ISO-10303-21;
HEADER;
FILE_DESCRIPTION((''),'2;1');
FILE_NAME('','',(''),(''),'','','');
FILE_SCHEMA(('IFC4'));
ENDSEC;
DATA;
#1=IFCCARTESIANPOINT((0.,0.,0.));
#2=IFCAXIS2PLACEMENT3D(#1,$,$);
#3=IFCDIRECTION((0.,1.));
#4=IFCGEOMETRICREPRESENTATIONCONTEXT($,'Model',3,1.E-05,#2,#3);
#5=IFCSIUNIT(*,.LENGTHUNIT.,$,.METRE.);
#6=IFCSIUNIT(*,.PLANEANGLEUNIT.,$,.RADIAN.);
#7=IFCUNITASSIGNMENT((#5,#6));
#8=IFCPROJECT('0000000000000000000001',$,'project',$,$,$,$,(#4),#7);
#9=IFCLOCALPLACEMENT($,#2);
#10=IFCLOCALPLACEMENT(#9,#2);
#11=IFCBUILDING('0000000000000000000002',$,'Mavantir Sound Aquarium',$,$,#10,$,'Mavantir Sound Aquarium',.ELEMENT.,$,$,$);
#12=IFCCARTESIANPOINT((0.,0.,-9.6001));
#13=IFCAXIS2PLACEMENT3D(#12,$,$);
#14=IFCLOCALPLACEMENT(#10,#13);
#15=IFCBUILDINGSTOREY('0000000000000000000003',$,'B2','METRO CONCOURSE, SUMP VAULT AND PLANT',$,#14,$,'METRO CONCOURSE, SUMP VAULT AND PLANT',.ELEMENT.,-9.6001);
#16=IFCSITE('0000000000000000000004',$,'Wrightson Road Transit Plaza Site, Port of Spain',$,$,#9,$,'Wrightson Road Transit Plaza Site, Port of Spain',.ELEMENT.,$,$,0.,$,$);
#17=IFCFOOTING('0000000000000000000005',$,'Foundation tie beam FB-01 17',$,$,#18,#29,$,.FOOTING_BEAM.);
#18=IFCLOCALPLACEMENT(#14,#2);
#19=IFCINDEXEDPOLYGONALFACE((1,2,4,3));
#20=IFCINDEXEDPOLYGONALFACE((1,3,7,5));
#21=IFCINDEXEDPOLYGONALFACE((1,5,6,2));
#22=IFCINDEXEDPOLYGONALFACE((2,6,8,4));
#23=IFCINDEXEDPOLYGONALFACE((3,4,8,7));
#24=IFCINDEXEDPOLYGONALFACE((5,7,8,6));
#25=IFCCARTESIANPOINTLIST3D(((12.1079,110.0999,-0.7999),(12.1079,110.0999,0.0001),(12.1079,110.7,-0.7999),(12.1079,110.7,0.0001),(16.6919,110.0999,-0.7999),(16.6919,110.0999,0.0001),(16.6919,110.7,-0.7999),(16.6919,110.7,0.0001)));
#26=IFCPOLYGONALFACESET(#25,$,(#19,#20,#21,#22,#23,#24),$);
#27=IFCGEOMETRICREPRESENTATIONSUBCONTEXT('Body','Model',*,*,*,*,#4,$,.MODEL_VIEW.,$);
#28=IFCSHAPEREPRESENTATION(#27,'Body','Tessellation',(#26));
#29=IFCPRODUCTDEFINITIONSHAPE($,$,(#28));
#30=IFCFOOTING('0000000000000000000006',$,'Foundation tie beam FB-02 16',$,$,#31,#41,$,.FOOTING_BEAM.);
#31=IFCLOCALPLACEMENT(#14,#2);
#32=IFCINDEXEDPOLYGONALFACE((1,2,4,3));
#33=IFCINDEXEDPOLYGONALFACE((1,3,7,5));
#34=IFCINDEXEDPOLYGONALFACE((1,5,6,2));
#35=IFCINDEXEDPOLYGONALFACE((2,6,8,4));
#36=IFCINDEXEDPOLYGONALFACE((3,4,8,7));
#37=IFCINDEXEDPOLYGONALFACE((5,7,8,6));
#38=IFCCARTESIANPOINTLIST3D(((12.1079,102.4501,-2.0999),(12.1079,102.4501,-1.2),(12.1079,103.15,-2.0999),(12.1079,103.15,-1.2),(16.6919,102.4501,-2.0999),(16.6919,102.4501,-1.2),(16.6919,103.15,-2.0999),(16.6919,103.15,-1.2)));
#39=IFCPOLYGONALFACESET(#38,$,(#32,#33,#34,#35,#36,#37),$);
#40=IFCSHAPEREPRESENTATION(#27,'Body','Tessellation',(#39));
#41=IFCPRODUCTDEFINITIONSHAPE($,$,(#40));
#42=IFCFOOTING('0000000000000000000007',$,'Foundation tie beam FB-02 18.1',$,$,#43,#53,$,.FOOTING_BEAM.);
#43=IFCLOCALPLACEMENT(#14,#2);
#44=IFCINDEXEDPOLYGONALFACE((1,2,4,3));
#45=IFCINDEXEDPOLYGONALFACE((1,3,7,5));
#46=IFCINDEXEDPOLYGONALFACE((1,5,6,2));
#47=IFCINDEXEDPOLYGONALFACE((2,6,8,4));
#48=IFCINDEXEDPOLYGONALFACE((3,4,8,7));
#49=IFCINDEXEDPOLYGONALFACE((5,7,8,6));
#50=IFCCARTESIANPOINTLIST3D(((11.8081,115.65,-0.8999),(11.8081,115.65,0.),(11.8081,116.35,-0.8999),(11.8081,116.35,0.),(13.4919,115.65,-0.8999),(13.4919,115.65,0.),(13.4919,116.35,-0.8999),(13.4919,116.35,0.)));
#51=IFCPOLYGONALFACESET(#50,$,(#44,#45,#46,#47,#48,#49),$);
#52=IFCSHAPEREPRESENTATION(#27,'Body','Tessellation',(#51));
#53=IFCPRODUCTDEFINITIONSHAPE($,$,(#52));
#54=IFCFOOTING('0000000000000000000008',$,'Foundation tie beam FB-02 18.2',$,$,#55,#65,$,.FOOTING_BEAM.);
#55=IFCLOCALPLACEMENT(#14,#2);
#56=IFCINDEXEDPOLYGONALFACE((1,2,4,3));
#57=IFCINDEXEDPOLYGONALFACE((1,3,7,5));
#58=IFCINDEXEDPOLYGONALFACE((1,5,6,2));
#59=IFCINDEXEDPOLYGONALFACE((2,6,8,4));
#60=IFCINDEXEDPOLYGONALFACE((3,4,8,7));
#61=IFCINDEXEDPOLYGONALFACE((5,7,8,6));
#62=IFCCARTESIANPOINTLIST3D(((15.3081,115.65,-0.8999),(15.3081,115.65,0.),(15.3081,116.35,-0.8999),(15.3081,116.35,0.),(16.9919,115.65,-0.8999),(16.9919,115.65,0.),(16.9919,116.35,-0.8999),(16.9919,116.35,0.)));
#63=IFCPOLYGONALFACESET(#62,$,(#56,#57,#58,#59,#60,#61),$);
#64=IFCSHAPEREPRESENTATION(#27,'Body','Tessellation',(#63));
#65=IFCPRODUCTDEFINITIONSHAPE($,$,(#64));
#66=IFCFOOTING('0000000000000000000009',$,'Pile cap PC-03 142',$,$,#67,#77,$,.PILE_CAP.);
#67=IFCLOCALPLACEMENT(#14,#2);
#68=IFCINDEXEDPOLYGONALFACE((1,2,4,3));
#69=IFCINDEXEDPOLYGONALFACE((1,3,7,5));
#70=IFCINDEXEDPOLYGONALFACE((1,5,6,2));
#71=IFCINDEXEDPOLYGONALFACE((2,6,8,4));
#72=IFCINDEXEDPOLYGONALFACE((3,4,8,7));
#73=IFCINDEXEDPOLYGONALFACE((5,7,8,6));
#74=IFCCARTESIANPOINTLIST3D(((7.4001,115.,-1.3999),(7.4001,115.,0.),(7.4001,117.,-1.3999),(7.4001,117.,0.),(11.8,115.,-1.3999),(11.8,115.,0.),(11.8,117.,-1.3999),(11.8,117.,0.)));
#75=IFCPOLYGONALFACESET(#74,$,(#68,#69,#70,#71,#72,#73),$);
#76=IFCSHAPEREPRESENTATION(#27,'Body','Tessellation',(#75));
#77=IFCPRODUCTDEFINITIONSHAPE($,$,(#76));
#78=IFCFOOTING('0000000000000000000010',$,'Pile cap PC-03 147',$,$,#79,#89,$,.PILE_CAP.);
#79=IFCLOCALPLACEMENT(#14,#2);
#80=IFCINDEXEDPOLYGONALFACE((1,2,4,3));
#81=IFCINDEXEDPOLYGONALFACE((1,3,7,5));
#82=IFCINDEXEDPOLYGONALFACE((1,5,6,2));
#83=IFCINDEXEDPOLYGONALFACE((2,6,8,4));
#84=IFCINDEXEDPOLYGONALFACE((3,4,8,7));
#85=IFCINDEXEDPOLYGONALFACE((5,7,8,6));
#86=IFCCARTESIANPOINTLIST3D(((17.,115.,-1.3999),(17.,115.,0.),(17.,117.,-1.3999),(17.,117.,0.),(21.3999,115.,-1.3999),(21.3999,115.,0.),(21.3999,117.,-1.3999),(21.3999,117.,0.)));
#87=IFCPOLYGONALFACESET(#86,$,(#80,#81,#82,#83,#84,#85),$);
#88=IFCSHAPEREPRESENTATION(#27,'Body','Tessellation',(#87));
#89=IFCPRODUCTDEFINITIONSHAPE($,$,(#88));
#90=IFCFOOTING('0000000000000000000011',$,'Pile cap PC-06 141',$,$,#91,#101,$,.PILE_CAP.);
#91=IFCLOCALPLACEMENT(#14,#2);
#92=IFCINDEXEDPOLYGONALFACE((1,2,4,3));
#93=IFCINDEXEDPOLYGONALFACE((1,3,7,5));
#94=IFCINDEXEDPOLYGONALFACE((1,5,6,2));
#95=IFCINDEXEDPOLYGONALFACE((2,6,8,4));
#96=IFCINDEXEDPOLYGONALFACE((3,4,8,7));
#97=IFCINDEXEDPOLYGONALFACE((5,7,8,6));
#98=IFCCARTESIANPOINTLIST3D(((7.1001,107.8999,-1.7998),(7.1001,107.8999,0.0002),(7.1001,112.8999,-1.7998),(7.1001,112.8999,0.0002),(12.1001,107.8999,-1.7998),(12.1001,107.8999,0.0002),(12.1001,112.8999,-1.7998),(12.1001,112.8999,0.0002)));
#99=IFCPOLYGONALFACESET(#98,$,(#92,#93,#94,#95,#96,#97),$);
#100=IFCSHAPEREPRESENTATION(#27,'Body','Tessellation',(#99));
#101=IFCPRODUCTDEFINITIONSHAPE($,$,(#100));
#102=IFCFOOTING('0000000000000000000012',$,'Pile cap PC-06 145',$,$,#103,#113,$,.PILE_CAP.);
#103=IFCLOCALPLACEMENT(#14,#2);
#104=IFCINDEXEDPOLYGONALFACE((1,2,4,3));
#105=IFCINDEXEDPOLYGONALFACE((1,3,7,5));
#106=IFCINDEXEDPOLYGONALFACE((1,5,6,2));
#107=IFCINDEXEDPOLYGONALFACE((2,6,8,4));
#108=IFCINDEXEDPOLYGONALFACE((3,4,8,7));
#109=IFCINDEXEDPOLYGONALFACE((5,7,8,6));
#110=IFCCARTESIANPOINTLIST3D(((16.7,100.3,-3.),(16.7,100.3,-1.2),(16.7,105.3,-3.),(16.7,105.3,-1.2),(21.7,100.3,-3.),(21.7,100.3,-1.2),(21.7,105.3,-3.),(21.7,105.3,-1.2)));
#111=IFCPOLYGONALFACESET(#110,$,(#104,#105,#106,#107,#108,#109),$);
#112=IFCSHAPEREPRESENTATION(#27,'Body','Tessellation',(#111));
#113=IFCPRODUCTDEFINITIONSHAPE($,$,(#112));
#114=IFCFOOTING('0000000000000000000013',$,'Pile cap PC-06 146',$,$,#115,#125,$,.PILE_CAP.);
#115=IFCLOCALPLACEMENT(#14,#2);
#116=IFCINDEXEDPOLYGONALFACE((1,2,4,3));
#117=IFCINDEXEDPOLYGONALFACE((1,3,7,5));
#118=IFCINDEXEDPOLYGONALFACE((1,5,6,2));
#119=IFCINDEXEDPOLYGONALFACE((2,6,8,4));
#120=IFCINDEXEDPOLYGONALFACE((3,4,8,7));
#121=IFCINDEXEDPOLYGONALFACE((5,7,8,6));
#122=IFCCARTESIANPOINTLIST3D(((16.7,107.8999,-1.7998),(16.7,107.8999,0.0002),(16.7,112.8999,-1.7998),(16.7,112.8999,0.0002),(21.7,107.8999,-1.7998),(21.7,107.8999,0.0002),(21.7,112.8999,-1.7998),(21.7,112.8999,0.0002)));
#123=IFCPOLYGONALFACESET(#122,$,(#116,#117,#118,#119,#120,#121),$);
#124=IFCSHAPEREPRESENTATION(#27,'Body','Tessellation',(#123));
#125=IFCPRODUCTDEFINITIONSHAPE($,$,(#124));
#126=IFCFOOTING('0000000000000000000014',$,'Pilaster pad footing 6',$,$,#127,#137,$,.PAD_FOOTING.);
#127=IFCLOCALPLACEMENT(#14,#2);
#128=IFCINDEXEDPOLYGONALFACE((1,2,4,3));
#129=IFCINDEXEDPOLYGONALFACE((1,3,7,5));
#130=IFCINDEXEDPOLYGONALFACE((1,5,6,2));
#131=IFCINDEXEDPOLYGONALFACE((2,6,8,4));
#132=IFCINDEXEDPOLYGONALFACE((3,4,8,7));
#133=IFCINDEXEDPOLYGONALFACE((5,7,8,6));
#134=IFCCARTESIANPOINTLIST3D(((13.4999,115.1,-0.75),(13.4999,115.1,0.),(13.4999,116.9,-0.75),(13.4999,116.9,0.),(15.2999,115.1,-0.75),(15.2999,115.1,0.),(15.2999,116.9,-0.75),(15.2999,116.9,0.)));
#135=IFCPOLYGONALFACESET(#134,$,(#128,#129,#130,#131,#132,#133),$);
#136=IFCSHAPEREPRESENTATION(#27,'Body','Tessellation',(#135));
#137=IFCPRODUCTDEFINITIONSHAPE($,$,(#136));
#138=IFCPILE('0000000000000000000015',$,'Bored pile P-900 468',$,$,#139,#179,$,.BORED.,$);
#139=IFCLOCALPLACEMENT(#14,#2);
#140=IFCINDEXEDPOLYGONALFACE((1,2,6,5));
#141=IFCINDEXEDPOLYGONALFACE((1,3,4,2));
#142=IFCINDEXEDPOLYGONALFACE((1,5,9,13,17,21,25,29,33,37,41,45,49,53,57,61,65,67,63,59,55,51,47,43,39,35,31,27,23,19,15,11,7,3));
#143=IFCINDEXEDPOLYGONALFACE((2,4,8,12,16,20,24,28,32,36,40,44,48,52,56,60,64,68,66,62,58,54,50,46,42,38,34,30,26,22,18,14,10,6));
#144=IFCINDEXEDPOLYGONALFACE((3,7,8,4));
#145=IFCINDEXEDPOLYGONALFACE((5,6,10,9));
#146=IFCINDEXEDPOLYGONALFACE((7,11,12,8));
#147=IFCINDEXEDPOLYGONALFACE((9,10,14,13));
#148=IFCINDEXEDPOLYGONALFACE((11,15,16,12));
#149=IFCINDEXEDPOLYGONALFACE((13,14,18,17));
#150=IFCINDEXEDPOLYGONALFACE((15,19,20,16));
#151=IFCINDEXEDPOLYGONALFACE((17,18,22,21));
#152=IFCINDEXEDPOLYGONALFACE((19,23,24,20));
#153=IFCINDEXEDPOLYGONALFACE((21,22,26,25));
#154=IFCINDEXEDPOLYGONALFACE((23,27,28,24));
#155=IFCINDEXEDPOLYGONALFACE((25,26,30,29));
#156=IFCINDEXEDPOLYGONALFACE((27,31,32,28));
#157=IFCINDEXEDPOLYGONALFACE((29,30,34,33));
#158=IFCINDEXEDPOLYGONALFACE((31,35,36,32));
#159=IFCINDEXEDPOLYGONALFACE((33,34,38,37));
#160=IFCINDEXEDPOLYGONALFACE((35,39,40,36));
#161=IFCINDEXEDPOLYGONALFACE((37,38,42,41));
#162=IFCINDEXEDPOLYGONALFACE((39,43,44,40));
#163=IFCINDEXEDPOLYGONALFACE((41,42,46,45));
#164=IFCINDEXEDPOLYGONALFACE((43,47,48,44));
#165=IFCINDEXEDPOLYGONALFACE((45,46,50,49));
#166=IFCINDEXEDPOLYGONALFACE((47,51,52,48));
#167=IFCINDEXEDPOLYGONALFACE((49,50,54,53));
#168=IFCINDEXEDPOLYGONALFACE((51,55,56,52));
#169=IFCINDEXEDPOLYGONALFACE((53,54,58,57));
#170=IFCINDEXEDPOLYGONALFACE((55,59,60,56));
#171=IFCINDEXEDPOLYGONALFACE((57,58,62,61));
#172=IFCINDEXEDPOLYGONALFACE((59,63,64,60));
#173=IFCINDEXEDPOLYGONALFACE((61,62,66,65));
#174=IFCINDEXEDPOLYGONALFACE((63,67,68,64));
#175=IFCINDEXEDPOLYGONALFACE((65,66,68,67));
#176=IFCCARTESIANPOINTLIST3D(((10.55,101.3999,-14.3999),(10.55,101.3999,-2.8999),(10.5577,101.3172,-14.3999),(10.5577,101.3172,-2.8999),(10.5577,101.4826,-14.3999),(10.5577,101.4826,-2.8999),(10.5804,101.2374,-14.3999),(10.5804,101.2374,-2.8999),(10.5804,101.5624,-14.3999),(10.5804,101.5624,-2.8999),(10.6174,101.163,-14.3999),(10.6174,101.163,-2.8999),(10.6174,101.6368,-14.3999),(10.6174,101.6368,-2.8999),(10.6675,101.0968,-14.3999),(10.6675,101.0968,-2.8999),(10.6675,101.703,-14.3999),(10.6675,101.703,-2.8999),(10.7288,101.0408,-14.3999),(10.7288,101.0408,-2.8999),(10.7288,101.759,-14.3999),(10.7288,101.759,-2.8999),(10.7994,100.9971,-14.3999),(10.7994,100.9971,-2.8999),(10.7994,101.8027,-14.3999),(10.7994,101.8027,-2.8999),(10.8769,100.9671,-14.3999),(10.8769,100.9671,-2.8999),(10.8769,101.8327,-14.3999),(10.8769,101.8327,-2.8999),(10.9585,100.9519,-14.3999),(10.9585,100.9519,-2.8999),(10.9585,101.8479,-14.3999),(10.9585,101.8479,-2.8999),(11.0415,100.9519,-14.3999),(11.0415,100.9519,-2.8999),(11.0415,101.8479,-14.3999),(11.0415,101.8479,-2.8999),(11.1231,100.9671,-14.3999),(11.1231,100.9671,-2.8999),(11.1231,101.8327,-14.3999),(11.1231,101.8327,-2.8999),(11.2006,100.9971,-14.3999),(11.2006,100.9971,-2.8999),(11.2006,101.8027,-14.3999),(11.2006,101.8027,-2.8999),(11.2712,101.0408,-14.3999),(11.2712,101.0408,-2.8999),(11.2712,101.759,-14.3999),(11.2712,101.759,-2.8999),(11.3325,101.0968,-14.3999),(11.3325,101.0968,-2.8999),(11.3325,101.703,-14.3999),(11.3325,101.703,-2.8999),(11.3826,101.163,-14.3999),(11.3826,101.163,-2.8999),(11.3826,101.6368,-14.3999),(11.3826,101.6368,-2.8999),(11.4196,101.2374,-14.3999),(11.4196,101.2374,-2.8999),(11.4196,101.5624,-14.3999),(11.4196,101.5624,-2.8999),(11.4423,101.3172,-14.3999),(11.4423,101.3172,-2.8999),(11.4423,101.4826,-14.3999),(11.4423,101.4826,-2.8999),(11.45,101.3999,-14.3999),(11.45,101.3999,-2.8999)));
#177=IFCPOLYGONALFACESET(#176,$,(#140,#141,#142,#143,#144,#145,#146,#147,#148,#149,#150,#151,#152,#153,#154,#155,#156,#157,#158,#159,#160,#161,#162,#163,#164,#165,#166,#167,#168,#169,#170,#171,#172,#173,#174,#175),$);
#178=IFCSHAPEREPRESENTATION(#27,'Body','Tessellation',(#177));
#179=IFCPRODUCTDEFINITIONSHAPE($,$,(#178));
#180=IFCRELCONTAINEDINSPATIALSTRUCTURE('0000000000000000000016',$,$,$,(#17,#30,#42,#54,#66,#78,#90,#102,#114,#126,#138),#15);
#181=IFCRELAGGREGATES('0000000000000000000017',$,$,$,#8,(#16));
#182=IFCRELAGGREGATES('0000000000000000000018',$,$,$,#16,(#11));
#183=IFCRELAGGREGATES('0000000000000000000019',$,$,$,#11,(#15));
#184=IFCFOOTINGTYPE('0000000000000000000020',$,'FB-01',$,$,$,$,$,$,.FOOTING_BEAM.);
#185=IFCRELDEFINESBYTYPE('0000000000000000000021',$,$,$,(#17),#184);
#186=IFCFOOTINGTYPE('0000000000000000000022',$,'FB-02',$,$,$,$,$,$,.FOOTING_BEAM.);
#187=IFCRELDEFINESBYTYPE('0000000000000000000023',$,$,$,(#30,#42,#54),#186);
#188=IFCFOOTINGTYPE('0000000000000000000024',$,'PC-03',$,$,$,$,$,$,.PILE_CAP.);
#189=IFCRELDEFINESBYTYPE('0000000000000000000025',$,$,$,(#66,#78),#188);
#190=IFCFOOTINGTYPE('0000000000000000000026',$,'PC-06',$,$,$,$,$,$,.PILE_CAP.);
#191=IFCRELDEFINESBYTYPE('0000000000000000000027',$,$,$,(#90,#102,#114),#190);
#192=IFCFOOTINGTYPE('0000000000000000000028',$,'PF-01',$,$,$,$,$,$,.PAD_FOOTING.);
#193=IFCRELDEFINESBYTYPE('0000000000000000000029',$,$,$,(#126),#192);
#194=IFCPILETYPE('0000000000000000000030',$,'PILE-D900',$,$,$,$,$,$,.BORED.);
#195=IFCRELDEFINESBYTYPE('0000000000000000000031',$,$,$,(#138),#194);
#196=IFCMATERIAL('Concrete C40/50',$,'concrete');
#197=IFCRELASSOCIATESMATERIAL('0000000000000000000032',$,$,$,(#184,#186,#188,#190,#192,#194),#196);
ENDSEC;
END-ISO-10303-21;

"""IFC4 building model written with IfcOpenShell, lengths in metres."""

from ifc_helpers import new_model, si_unit, direction, frame, origin, origin_2d, place, context, subcontext, project, spatial, rectangle, circle, extrude, material, material_profile, profile_set, type_object, element, save


model = new_model("IFC4")

# Units and contexts
model_context = context("Model", 3, precision=1e-05, world=origin(), true_north=direction((0.0, 1.0)))
body_context = subcontext(model_context, "Body", "Model", "MODEL_VIEW")
ifc_project = project(units=[si_unit("LENGTHUNIT", "METRE"), si_unit("PLANEANGLEUNIT", "RADIAN")], contexts=[model_context])

# Site, building, storey
site_placement = place(None, origin())
site = spatial("IfcSite", under=ifc_project, at=site_placement, Name="Wrightson Road Transit Plaza Site, Port of Spain", LongName="Wrightson Road Transit Plaza Site, Port of Spain", CompositionType="ELEMENT", RefElevation=0.0)
building_placement = place(site_placement, origin())
building = spatial("IfcBuilding", under=site, at=building_placement, Name="Mavantir Sound Aquarium", LongName="Mavantir Sound Aquarium", CompositionType="ELEMENT")
storey_placement = place(building_placement, frame((0.0, 0.0, -9.6001)))
storey = spatial("IfcBuildingStorey", under=building, at=storey_placement, Name="B2", Description="METRO CONCOURSE, SUMP VAULT AND PLANT", LongName="METRO CONCOURSE, SUMP VAULT AND PLANT", CompositionType="ELEMENT", Elevation=-9.6001)

# Footings
ifc_material_1 = material(Name="Concrete C40/50", Category="concrete")
ifc_material_profile_1 = material_profile(ifc_material_1, rectangle(XDim=0.6001, YDim=0.8, at=origin_2d()), Name="RC 600X800")
ifc_profile_set_1 = profile_set([ifc_material_profile_1], Name="Concrete C40/50")
footing_type_1 = type_object("IfcFootingType", Name="FB-01", PredefinedType="FOOTING_BEAM", material=ifc_profile_set_1)
footing_1_placement = place(storey_placement, frame((12.1079, 110.3999, -0.3999), z_axis=(1.0, 0.0, 0.0), x_axis=(0.0, 1.0, 0.0)))
element("IfcFooting", 1, at=footing_1_placement, inside=storey, type_object=footing_type_1, Name="Foundation tie beam FB-01 17", PredefinedType="FOOTING_BEAM", context=body_context, shape_type="SweptSolid", body=[
    extrude(rectangle(XDim=0.6001, YDim=0.8, at=origin_2d()), origin(), (0.0, 0.0, 1.0), 4.584),
])
ifc_material_profile_2 = material_profile(ifc_material_1, rectangle(XDim=0.7, YDim=0.8999, at=origin_2d()), Name="RC 700X900")
ifc_profile_set_2 = profile_set([ifc_material_profile_2], Name="Concrete C40/50")
footing_type_2 = type_object("IfcFootingType", Name="FB-02", PredefinedType="FOOTING_BEAM", material=ifc_profile_set_2)
footing_2_placement = place(storey_placement, frame((12.1079, 102.8, -1.6499), z_axis=(1.0, 0.0, 0.0), x_axis=(0.0, 1.0, 0.0)))
element("IfcFooting", 2, at=footing_2_placement, inside=storey, type_object=footing_type_2, Name="Foundation tie beam FB-02 16", PredefinedType="FOOTING_BEAM", context=body_context, shape_type="SweptSolid", body=[
    extrude(rectangle(XDim=0.7, YDim=0.8999, at=origin_2d()), origin(), (0.0, 0.0, 1.0), 4.584),
])
for number, where, z_axis, x_axis, name in (
    (3, (11.8081, 116.0, -0.45), (1.0, 0.0, 0.0), (0.0, 1.0, 0.0), "Foundation tie beam FB-02 18.1"),
    (4, (15.3081, 116.0, -0.45), (1.0, 0.0, 0.0), (0.0, 1.0, 0.0), "Foundation tie beam FB-02 18.2"),
):
    element("IfcFooting", number, at=place(storey_placement, frame(where, z_axis=z_axis, x_axis=x_axis)), inside=storey, type_object=footing_type_2, Name=name, PredefinedType="FOOTING_BEAM", context=body_context, shape_type="SweptSolid", body=[
        extrude(rectangle(XDim=0.7, YDim=0.8999, at=origin_2d()), origin(), (0.0, 0.0, 1.0), 1.6838),
    ])
footing_type_3 = type_object("IfcFootingType", Name="PC-03", PredefinedType="PILE_CAP", material=ifc_material_1)
for number, where, z_axis, x_axis, name in (
    (5, (9.6001, 116.0, -1.3999), (0.0, 0.0, 1.0), (1.0, 0.0, 0.0), "Pile cap PC-03 142"),
    (6, (19.2, 116.0, -1.3999), (0.0, 0.0, 1.0), (1.0, 0.0, 0.0), "Pile cap PC-03 147"),
):
    element("IfcFooting", number, at=place(storey_placement, frame(where, z_axis=z_axis, x_axis=x_axis)), inside=storey, type_object=footing_type_3, Name=name, PredefinedType="PILE_CAP", context=body_context, shape_type="SweptSolid", body=[
        extrude(rectangle(XDim=4.3999, YDim=2.0, at=origin_2d()), origin(), (0.0, 0.0, 1.0), 1.3999),
    ])
footing_type_4 = type_object("IfcFootingType", Name="PC-06", PredefinedType="PILE_CAP", material=ifc_material_1)
for number, where, z_axis, x_axis, name in (
    (7, (9.6001, 110.3999, -1.7998), (0.0, 0.0, 1.0), (1.0, 0.0, 0.0), "Pile cap PC-06 141"),
    (8, (19.2, 102.8, -3.0), (0.0, 0.0, 1.0), (1.0, 0.0, 0.0), "Pile cap PC-06 145"),
    (9, (19.2, 110.3999, -1.7998), (0.0, 0.0, 1.0), (1.0, 0.0, 0.0), "Pile cap PC-06 146"),
):
    element("IfcFooting", number, at=place(storey_placement, frame(where, z_axis=z_axis, x_axis=x_axis)), inside=storey, type_object=footing_type_4, Name=name, PredefinedType="PILE_CAP", context=body_context, shape_type="SweptSolid", body=[
        extrude(rectangle(XDim=5.0, YDim=5.0, at=origin_2d()), origin(), (0.0, 0.0, 1.0), 1.8),
    ])
footing_type_5 = type_object("IfcFootingType", Name="PF-01", PredefinedType="PAD_FOOTING", material=ifc_material_1)
footing_3_placement = place(storey_placement, frame((14.3999, 116.0, -0.75), z_axis=(0.0, 0.0, 1.0), x_axis=(1.0, 0.0, 0.0)))
element("IfcFooting", 10, at=footing_3_placement, inside=storey, type_object=footing_type_5, Name="Pilaster pad footing 6", PredefinedType="PAD_FOOTING", context=body_context, shape_type="SweptSolid", body=[
    extrude(rectangle(XDim=1.8, YDim=1.8, at=origin_2d()), origin(), (0.0, 0.0, 1.0), 0.75),
])

# Pile
ifc_material_profile_3 = material_profile(ifc_material_1, circle(Radius=0.45, at=origin_2d()), Name="PILE D900")
ifc_profile_set_3 = profile_set([ifc_material_profile_3], Name="Concrete C40/50")
pile_type = type_object("IfcPileType", Name="PILE-D900", PredefinedType="BORED", material=ifc_profile_set_3)
for number, where, z_axis, x_axis, name in (
    (11, (11.0, 101.3999, -2.8999), (0.0, 0.0, -1.0), (1.0, 0.0, 0.0), "Bored pile P-900 468"),
):
    element("IfcPile", number, at=place(storey_placement, frame(where, z_axis=z_axis, x_axis=x_axis)), inside=storey, type_object=pile_type, Name=name, PredefinedType="BORED", context=body_context, shape_type="SweptSolid", body=[
        extrude(circle(Radius=0.45, at=origin_2d()), origin(), (0.0, 0.0, 1.0), 11.5),
    ])

save(model, "model.ifc")
